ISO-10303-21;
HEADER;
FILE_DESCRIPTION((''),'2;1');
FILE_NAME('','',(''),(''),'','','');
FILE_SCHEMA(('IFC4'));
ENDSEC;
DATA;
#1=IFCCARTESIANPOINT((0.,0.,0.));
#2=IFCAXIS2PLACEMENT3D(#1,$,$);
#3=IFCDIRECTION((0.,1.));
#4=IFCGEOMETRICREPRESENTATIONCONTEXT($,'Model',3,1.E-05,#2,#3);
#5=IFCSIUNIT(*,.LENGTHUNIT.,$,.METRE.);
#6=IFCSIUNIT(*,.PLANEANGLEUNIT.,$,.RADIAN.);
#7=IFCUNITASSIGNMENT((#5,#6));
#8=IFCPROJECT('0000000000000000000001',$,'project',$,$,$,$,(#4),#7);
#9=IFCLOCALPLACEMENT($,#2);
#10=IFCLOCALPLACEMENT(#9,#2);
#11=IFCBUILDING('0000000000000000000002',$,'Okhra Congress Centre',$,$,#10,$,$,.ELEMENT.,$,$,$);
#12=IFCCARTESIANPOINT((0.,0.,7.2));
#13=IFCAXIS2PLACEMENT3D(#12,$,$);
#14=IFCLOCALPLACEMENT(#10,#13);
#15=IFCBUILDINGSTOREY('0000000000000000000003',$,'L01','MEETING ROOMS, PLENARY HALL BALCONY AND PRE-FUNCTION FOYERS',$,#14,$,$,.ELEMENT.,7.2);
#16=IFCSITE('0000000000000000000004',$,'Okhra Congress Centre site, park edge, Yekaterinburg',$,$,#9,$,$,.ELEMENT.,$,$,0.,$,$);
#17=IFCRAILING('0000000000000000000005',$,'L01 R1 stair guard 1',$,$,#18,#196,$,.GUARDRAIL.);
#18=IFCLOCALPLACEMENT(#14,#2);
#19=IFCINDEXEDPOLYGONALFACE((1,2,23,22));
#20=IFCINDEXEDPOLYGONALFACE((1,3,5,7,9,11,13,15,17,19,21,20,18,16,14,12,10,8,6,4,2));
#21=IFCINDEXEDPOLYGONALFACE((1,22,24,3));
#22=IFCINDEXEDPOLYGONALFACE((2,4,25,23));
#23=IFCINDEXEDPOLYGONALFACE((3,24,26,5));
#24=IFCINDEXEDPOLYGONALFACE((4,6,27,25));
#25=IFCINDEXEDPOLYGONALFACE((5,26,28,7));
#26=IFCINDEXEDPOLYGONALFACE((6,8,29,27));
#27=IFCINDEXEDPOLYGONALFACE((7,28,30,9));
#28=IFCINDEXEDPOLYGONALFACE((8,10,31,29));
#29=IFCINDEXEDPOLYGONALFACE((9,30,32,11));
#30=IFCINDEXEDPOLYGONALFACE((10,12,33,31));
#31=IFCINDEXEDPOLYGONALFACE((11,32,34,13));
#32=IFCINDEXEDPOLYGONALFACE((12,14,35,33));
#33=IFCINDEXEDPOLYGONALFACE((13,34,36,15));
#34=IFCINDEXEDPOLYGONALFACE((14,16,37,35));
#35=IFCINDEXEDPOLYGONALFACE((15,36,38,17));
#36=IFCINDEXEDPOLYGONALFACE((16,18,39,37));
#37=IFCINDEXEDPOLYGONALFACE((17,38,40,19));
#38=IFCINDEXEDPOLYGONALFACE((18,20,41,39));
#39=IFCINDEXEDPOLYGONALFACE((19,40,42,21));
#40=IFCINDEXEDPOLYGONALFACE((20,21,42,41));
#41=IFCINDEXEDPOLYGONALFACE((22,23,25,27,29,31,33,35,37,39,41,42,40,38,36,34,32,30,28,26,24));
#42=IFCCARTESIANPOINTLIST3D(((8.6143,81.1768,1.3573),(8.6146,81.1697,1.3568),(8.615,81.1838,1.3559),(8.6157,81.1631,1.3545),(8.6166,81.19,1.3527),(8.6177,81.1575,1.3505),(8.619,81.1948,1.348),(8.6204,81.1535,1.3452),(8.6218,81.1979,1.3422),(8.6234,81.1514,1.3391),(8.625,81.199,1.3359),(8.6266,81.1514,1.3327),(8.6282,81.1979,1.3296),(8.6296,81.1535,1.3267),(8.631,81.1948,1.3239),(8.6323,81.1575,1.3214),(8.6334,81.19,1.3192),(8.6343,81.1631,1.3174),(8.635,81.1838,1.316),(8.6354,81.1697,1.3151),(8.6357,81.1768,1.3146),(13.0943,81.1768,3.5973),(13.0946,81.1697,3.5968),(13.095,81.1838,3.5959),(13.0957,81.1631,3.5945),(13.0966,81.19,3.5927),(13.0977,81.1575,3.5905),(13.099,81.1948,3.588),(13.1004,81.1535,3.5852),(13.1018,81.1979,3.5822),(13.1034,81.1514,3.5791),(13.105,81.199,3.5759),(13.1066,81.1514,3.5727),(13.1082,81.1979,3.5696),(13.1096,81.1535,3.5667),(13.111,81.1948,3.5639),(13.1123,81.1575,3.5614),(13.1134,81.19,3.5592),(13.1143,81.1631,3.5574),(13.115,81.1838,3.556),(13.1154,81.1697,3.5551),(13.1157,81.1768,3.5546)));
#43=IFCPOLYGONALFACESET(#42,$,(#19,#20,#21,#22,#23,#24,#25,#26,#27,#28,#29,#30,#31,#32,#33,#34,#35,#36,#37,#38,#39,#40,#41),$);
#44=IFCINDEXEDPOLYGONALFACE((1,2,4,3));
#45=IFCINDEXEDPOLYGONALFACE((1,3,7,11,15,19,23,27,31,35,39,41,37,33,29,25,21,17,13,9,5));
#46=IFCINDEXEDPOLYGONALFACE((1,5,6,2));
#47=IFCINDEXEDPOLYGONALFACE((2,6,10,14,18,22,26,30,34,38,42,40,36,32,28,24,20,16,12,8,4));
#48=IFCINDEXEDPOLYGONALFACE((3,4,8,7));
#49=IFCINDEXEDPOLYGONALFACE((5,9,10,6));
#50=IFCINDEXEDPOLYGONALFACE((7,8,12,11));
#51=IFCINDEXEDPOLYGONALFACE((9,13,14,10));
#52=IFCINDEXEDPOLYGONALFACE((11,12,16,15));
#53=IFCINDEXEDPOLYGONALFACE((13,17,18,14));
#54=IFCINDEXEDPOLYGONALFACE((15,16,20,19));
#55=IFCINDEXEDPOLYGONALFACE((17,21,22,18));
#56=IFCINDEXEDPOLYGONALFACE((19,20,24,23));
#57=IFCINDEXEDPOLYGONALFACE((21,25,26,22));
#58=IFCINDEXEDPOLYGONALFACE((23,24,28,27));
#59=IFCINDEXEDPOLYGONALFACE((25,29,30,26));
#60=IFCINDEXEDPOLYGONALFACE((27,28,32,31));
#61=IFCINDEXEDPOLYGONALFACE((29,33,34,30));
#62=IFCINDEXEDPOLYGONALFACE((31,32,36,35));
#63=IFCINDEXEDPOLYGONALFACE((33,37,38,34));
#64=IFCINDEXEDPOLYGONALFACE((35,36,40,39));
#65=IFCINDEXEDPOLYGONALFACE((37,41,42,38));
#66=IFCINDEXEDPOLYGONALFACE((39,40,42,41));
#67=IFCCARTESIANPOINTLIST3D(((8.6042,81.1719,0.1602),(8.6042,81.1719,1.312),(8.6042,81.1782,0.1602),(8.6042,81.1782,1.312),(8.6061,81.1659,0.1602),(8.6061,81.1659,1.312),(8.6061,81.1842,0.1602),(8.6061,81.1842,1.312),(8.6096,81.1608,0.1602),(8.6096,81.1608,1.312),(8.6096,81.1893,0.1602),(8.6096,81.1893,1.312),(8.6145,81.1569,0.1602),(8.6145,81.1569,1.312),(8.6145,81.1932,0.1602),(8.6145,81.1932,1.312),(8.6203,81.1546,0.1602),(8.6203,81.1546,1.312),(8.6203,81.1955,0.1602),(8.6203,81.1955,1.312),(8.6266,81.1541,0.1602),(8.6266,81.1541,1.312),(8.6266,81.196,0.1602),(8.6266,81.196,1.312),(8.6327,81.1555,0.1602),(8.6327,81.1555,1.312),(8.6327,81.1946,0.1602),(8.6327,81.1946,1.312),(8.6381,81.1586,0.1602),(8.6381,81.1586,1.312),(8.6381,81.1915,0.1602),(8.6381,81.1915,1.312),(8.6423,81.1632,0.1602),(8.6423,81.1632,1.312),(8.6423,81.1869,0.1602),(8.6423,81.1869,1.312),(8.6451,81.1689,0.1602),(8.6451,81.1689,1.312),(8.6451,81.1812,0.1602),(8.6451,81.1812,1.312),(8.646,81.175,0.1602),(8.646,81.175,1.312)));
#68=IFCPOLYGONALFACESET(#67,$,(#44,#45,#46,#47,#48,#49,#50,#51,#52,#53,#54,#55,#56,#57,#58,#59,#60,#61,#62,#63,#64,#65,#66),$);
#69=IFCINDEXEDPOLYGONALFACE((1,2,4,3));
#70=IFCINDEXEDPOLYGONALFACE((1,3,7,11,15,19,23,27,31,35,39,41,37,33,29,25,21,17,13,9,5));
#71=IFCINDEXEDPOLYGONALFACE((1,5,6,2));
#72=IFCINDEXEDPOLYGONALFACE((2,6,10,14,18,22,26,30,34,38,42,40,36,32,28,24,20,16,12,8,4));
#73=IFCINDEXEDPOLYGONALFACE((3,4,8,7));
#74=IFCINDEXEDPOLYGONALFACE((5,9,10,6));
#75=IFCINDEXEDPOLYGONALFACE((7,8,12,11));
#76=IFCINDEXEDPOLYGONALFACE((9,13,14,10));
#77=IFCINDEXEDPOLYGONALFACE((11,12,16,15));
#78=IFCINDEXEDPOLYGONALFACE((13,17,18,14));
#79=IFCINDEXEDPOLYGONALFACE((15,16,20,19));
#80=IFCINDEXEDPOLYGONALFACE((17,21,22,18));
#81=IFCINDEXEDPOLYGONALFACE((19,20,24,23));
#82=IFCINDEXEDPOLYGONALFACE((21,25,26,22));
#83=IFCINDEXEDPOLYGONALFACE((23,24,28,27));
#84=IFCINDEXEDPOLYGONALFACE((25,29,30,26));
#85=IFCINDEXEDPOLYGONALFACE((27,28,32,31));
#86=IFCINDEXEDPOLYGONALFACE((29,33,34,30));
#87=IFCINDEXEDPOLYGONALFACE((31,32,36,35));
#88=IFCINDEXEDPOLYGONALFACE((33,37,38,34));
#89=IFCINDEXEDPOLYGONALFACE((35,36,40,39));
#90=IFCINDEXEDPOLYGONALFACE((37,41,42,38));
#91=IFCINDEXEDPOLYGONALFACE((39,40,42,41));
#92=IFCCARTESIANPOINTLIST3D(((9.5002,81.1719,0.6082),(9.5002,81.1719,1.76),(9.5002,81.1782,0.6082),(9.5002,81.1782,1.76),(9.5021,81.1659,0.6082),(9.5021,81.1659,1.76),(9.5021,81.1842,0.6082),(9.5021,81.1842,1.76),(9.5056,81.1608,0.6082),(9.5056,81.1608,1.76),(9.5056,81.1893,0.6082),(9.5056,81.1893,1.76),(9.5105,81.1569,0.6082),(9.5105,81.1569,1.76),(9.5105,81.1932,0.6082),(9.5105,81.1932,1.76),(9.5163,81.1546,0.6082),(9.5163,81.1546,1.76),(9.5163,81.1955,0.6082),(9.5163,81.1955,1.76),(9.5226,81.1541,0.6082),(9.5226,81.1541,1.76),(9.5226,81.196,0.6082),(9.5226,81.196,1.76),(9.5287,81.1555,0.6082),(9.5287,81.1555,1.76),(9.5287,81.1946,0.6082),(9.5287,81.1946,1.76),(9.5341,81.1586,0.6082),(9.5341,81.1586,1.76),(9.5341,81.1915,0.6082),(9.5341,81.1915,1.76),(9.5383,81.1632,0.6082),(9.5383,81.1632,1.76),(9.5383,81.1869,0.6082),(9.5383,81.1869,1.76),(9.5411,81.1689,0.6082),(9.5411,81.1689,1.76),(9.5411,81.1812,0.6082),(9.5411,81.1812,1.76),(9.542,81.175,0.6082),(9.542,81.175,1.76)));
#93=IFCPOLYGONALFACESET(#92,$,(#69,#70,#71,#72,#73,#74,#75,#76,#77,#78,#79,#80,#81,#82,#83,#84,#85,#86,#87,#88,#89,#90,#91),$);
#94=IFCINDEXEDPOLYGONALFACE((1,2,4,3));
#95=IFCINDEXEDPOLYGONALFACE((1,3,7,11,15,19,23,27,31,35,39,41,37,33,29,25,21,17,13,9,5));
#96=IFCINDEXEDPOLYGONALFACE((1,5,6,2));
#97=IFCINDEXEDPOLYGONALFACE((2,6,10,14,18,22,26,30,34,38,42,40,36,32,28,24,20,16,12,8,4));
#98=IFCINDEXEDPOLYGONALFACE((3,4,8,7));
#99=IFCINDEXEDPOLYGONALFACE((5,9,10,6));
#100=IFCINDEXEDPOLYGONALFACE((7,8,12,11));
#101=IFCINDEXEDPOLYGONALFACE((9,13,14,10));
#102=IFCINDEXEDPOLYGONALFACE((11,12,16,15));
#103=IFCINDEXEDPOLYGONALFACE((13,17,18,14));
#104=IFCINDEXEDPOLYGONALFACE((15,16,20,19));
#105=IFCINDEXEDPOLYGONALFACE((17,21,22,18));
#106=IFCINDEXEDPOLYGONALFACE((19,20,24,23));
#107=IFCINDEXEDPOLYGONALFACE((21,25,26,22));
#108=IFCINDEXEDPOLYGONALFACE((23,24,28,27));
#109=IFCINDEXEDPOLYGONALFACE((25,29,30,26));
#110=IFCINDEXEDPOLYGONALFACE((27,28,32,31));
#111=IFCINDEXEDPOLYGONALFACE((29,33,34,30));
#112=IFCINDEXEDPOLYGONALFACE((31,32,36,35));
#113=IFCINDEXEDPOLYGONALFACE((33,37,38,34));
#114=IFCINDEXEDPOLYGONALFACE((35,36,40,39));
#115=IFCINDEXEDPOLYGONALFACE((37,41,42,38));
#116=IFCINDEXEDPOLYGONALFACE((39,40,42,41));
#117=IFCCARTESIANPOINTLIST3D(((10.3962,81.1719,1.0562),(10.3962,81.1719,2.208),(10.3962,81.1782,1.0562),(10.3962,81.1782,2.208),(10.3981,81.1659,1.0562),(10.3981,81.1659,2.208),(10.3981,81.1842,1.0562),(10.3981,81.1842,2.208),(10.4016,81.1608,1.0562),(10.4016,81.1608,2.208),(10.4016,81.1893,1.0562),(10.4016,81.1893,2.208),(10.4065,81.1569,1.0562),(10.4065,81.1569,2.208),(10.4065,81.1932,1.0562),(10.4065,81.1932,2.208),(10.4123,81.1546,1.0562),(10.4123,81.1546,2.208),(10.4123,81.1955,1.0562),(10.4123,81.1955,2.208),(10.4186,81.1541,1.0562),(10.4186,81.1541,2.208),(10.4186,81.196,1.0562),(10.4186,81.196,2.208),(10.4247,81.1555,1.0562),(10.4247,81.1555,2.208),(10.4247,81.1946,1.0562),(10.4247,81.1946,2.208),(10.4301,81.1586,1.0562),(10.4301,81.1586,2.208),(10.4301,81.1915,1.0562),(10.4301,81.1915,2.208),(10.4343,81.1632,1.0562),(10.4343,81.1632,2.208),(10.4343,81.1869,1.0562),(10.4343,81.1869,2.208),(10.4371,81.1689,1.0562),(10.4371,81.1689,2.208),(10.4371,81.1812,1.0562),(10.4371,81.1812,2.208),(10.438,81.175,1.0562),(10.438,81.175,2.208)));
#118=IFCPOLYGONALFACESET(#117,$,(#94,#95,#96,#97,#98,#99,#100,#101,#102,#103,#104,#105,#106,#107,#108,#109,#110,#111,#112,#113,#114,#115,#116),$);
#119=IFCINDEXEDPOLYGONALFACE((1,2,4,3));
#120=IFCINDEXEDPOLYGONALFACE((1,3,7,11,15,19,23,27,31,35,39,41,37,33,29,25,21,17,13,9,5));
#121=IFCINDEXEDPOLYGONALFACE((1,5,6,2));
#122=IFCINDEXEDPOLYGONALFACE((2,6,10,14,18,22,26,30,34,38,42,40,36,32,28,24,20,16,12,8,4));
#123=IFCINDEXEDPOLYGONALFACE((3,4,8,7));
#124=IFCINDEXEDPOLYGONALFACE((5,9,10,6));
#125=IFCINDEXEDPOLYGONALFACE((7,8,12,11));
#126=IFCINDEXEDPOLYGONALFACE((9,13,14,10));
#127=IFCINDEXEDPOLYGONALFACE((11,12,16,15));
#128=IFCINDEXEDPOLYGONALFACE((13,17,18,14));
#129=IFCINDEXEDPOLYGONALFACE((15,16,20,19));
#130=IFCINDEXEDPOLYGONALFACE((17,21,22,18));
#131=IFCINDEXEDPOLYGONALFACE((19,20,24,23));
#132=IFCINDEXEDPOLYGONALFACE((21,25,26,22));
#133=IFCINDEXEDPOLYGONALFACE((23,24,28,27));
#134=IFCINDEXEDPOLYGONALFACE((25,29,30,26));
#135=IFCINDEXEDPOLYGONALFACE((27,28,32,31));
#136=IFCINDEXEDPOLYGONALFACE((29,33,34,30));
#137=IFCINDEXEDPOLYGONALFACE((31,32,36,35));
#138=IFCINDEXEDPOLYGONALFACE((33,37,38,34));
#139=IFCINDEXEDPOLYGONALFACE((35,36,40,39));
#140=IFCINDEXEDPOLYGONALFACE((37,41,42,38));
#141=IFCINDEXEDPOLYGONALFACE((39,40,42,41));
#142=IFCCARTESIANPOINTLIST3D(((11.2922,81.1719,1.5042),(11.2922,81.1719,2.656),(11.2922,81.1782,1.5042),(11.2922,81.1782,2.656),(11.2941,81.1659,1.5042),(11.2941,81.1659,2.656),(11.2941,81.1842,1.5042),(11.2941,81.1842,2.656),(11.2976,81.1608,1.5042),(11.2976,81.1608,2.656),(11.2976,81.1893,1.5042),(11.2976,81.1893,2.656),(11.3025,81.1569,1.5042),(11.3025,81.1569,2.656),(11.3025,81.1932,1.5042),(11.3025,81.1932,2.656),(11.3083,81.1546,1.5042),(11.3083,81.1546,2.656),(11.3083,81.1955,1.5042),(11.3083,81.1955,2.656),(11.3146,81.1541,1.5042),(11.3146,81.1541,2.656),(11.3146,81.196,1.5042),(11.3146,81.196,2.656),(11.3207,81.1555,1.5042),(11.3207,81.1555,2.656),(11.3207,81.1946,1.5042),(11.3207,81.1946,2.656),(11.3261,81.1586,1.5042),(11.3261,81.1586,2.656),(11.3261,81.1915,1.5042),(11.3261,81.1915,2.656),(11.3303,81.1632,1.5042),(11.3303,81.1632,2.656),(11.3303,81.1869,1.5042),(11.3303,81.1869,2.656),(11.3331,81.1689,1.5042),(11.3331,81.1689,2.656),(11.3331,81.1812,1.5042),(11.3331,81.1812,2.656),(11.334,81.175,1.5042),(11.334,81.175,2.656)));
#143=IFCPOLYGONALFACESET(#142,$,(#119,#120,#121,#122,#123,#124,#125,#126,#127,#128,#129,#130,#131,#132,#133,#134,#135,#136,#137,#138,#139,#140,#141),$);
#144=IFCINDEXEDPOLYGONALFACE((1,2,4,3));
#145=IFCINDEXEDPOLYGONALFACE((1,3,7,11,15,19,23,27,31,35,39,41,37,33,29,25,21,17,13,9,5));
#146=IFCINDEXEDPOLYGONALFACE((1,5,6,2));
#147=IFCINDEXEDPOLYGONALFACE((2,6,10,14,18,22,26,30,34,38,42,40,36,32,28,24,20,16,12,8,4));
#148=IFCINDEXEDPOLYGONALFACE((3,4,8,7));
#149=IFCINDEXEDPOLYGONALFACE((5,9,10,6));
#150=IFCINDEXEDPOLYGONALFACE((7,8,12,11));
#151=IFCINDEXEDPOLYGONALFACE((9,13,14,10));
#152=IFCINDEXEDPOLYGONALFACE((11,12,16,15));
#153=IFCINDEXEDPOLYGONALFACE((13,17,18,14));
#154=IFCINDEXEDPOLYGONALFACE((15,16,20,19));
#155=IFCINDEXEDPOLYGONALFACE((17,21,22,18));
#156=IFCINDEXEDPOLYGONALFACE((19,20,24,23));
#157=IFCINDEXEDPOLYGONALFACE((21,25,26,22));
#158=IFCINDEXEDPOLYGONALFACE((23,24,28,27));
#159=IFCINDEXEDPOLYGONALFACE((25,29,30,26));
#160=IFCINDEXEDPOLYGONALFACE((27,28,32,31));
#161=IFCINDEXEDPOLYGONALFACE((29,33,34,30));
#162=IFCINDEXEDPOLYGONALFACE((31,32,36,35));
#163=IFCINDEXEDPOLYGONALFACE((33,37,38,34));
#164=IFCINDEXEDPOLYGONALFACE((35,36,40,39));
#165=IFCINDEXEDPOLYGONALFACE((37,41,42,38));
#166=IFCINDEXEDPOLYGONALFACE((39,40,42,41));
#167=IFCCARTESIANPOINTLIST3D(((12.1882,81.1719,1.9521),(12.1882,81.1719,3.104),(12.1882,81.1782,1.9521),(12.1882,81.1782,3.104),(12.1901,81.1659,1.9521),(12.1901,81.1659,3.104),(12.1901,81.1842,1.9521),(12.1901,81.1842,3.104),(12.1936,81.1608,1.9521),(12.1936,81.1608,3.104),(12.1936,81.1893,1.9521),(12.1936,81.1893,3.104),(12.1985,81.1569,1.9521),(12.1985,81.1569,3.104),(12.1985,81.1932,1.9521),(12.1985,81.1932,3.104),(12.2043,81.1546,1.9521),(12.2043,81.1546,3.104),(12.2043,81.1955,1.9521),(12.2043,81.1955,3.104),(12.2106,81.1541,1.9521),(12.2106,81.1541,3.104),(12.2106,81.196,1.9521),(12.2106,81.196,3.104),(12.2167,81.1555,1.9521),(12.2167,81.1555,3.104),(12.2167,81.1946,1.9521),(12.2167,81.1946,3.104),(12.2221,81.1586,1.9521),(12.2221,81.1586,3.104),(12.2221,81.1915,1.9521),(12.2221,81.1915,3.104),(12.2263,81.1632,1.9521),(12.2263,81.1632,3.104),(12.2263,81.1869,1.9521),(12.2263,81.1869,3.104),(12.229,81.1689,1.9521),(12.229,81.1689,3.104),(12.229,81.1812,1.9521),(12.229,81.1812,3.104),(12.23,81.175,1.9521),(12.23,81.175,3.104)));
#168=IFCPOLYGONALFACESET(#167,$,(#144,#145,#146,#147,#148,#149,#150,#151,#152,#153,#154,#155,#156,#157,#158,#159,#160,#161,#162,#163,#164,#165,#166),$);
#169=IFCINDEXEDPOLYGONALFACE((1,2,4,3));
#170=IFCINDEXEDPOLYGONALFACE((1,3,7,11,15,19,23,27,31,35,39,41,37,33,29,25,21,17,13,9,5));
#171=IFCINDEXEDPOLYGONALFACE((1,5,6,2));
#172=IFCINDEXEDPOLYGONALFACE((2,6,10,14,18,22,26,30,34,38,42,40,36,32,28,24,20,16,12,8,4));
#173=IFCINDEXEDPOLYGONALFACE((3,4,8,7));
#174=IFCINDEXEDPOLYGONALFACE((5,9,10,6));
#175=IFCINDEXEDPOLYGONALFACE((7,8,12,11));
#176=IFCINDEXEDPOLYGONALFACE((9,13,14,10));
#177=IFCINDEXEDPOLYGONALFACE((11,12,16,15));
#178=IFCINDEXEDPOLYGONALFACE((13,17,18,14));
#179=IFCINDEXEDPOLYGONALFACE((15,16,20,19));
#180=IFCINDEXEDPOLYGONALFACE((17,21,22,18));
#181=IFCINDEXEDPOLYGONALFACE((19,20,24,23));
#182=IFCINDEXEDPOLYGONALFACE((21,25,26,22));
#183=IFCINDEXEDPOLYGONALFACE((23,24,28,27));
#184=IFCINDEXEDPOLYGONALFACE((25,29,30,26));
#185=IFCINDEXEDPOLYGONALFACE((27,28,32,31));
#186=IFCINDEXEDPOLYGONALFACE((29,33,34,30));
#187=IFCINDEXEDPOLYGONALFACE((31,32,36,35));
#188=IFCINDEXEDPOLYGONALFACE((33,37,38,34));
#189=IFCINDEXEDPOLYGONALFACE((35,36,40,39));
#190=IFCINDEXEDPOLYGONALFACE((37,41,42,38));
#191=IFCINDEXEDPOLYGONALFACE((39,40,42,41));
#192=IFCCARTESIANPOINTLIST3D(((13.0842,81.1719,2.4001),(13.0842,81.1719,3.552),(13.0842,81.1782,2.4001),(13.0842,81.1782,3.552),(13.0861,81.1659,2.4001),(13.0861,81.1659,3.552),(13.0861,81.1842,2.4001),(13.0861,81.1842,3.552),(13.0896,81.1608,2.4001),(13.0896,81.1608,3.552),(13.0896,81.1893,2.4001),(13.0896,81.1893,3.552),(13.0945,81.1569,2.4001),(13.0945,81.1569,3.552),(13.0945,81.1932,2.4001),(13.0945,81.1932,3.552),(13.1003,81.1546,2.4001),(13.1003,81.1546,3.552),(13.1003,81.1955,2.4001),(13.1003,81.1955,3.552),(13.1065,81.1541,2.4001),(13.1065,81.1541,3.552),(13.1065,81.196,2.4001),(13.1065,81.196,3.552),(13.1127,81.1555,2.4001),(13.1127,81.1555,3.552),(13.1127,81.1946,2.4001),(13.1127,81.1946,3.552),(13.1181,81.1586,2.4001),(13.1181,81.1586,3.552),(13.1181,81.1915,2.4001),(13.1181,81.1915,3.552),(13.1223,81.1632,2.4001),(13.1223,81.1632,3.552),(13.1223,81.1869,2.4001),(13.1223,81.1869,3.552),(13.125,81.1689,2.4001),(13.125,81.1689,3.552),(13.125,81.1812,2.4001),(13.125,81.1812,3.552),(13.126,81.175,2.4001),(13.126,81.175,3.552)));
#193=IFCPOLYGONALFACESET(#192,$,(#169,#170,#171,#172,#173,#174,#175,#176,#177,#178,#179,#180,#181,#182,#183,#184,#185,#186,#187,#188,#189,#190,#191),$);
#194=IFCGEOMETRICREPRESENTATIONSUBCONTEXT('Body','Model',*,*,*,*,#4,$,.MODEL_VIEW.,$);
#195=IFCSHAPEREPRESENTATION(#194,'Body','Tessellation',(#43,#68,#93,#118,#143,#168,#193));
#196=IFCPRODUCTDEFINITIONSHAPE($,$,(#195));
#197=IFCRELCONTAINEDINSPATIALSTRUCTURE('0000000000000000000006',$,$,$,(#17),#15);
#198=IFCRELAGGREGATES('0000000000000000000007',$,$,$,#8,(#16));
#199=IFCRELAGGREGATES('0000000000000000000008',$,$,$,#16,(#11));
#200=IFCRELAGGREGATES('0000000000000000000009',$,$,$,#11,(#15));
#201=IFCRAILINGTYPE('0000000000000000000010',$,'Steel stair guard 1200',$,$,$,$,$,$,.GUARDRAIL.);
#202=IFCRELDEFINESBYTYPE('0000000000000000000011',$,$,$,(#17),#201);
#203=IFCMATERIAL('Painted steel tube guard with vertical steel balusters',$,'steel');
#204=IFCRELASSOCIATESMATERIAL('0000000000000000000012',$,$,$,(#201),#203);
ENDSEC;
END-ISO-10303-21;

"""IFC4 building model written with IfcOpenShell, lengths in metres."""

from ifc_helpers import new_model, si_unit, direction, frame, origin, origin_2d, place, context, subcontext, project, spatial, circle, extrude, material, type_object, element, save


model = new_model("IFC4")

# Units and contexts
model_context = context("Model", 3, precision=1e-05, world=origin(), true_north=direction((0.0, 1.0)))
body_context = subcontext(model_context, "Body", "Model", "MODEL_VIEW")
ifc_project = project(units=[si_unit("LENGTHUNIT", "METRE"), si_unit("PLANEANGLEUNIT", "RADIAN")], contexts=[model_context])

# Site, building, storey
site_placement = place(None, origin())
site = spatial("IfcSite", under=ifc_project, at=site_placement, Name="Okhra Congress Centre site, park edge, Yekaterinburg", CompositionType="ELEMENT", RefElevation=0.0)
building_placement = place(site_placement, origin())
building = spatial("IfcBuilding", under=site, at=building_placement, Name="Okhra Congress Centre", CompositionType="ELEMENT")
storey_placement = place(building_placement, frame((0.0, 0.0, 7.2)))
storey = spatial("IfcBuildingStorey", under=building, at=storey_placement, Name="L01", Description="MEETING ROOMS, PLENARY HALL BALCONY AND PRE-FUNCTION FOYERS", CompositionType="ELEMENT", Elevation=7.2)

# Railing
ifc_material_1 = material(Name="Painted steel tube guard with vertical steel balusters", Category="steel")
railing_type_1 = type_object("IfcRailingType", Name="Steel stair guard 1200", PredefinedType="GUARDRAIL", material=ifc_material_1)
railing_1_placement = place(storey_placement, frame((8.625, 81.175, 0.1602)))
element("IfcRailing", 1, at=railing_1_placement, inside=storey, type_object=railing_type_1, Name="L01 R1 stair guard 1", PredefinedType="GUARDRAIL", context=body_context, shape_type="SweptSolid", body=[
    extrude(circle(Radius=0.0239, at=origin_2d()), frame((0.0, 0.0, 1.1758), z_axis=(0.894427, 0.0, 0.447214), x_axis=(0.0, 1.0, 0.0)), (0.0, 0.0, 1.0), 5.0088),
    extrude(circle(Radius=0.021, at=origin_2d()), origin(), (0.0, 0.0, 1.0), 1.1519),
    extrude(circle(Radius=0.021, at=origin_2d()), frame((0.896, 0.0, 0.448)), (0.0, 0.0, 1.0), 1.1519),
    extrude(circle(Radius=0.021, at=origin_2d()), frame((1.792, 0.0, 0.896)), (0.0, 0.0, 1.0), 1.1519),
    extrude(circle(Radius=0.021, at=origin_2d()), frame((2.688, 0.0, 1.344)), (0.0, 0.0, 1.0), 1.1519),
    extrude(circle(Radius=0.021, at=origin_2d()), frame((3.584, 0.0, 1.792)), (0.0, 0.0, 1.0), 1.1519),
    extrude(circle(Radius=0.021, at=origin_2d()), frame((4.48, 0.0, 2.24)), (0.0, 0.0, 1.0), 1.1519),
])

save(model, "model.ifc")
